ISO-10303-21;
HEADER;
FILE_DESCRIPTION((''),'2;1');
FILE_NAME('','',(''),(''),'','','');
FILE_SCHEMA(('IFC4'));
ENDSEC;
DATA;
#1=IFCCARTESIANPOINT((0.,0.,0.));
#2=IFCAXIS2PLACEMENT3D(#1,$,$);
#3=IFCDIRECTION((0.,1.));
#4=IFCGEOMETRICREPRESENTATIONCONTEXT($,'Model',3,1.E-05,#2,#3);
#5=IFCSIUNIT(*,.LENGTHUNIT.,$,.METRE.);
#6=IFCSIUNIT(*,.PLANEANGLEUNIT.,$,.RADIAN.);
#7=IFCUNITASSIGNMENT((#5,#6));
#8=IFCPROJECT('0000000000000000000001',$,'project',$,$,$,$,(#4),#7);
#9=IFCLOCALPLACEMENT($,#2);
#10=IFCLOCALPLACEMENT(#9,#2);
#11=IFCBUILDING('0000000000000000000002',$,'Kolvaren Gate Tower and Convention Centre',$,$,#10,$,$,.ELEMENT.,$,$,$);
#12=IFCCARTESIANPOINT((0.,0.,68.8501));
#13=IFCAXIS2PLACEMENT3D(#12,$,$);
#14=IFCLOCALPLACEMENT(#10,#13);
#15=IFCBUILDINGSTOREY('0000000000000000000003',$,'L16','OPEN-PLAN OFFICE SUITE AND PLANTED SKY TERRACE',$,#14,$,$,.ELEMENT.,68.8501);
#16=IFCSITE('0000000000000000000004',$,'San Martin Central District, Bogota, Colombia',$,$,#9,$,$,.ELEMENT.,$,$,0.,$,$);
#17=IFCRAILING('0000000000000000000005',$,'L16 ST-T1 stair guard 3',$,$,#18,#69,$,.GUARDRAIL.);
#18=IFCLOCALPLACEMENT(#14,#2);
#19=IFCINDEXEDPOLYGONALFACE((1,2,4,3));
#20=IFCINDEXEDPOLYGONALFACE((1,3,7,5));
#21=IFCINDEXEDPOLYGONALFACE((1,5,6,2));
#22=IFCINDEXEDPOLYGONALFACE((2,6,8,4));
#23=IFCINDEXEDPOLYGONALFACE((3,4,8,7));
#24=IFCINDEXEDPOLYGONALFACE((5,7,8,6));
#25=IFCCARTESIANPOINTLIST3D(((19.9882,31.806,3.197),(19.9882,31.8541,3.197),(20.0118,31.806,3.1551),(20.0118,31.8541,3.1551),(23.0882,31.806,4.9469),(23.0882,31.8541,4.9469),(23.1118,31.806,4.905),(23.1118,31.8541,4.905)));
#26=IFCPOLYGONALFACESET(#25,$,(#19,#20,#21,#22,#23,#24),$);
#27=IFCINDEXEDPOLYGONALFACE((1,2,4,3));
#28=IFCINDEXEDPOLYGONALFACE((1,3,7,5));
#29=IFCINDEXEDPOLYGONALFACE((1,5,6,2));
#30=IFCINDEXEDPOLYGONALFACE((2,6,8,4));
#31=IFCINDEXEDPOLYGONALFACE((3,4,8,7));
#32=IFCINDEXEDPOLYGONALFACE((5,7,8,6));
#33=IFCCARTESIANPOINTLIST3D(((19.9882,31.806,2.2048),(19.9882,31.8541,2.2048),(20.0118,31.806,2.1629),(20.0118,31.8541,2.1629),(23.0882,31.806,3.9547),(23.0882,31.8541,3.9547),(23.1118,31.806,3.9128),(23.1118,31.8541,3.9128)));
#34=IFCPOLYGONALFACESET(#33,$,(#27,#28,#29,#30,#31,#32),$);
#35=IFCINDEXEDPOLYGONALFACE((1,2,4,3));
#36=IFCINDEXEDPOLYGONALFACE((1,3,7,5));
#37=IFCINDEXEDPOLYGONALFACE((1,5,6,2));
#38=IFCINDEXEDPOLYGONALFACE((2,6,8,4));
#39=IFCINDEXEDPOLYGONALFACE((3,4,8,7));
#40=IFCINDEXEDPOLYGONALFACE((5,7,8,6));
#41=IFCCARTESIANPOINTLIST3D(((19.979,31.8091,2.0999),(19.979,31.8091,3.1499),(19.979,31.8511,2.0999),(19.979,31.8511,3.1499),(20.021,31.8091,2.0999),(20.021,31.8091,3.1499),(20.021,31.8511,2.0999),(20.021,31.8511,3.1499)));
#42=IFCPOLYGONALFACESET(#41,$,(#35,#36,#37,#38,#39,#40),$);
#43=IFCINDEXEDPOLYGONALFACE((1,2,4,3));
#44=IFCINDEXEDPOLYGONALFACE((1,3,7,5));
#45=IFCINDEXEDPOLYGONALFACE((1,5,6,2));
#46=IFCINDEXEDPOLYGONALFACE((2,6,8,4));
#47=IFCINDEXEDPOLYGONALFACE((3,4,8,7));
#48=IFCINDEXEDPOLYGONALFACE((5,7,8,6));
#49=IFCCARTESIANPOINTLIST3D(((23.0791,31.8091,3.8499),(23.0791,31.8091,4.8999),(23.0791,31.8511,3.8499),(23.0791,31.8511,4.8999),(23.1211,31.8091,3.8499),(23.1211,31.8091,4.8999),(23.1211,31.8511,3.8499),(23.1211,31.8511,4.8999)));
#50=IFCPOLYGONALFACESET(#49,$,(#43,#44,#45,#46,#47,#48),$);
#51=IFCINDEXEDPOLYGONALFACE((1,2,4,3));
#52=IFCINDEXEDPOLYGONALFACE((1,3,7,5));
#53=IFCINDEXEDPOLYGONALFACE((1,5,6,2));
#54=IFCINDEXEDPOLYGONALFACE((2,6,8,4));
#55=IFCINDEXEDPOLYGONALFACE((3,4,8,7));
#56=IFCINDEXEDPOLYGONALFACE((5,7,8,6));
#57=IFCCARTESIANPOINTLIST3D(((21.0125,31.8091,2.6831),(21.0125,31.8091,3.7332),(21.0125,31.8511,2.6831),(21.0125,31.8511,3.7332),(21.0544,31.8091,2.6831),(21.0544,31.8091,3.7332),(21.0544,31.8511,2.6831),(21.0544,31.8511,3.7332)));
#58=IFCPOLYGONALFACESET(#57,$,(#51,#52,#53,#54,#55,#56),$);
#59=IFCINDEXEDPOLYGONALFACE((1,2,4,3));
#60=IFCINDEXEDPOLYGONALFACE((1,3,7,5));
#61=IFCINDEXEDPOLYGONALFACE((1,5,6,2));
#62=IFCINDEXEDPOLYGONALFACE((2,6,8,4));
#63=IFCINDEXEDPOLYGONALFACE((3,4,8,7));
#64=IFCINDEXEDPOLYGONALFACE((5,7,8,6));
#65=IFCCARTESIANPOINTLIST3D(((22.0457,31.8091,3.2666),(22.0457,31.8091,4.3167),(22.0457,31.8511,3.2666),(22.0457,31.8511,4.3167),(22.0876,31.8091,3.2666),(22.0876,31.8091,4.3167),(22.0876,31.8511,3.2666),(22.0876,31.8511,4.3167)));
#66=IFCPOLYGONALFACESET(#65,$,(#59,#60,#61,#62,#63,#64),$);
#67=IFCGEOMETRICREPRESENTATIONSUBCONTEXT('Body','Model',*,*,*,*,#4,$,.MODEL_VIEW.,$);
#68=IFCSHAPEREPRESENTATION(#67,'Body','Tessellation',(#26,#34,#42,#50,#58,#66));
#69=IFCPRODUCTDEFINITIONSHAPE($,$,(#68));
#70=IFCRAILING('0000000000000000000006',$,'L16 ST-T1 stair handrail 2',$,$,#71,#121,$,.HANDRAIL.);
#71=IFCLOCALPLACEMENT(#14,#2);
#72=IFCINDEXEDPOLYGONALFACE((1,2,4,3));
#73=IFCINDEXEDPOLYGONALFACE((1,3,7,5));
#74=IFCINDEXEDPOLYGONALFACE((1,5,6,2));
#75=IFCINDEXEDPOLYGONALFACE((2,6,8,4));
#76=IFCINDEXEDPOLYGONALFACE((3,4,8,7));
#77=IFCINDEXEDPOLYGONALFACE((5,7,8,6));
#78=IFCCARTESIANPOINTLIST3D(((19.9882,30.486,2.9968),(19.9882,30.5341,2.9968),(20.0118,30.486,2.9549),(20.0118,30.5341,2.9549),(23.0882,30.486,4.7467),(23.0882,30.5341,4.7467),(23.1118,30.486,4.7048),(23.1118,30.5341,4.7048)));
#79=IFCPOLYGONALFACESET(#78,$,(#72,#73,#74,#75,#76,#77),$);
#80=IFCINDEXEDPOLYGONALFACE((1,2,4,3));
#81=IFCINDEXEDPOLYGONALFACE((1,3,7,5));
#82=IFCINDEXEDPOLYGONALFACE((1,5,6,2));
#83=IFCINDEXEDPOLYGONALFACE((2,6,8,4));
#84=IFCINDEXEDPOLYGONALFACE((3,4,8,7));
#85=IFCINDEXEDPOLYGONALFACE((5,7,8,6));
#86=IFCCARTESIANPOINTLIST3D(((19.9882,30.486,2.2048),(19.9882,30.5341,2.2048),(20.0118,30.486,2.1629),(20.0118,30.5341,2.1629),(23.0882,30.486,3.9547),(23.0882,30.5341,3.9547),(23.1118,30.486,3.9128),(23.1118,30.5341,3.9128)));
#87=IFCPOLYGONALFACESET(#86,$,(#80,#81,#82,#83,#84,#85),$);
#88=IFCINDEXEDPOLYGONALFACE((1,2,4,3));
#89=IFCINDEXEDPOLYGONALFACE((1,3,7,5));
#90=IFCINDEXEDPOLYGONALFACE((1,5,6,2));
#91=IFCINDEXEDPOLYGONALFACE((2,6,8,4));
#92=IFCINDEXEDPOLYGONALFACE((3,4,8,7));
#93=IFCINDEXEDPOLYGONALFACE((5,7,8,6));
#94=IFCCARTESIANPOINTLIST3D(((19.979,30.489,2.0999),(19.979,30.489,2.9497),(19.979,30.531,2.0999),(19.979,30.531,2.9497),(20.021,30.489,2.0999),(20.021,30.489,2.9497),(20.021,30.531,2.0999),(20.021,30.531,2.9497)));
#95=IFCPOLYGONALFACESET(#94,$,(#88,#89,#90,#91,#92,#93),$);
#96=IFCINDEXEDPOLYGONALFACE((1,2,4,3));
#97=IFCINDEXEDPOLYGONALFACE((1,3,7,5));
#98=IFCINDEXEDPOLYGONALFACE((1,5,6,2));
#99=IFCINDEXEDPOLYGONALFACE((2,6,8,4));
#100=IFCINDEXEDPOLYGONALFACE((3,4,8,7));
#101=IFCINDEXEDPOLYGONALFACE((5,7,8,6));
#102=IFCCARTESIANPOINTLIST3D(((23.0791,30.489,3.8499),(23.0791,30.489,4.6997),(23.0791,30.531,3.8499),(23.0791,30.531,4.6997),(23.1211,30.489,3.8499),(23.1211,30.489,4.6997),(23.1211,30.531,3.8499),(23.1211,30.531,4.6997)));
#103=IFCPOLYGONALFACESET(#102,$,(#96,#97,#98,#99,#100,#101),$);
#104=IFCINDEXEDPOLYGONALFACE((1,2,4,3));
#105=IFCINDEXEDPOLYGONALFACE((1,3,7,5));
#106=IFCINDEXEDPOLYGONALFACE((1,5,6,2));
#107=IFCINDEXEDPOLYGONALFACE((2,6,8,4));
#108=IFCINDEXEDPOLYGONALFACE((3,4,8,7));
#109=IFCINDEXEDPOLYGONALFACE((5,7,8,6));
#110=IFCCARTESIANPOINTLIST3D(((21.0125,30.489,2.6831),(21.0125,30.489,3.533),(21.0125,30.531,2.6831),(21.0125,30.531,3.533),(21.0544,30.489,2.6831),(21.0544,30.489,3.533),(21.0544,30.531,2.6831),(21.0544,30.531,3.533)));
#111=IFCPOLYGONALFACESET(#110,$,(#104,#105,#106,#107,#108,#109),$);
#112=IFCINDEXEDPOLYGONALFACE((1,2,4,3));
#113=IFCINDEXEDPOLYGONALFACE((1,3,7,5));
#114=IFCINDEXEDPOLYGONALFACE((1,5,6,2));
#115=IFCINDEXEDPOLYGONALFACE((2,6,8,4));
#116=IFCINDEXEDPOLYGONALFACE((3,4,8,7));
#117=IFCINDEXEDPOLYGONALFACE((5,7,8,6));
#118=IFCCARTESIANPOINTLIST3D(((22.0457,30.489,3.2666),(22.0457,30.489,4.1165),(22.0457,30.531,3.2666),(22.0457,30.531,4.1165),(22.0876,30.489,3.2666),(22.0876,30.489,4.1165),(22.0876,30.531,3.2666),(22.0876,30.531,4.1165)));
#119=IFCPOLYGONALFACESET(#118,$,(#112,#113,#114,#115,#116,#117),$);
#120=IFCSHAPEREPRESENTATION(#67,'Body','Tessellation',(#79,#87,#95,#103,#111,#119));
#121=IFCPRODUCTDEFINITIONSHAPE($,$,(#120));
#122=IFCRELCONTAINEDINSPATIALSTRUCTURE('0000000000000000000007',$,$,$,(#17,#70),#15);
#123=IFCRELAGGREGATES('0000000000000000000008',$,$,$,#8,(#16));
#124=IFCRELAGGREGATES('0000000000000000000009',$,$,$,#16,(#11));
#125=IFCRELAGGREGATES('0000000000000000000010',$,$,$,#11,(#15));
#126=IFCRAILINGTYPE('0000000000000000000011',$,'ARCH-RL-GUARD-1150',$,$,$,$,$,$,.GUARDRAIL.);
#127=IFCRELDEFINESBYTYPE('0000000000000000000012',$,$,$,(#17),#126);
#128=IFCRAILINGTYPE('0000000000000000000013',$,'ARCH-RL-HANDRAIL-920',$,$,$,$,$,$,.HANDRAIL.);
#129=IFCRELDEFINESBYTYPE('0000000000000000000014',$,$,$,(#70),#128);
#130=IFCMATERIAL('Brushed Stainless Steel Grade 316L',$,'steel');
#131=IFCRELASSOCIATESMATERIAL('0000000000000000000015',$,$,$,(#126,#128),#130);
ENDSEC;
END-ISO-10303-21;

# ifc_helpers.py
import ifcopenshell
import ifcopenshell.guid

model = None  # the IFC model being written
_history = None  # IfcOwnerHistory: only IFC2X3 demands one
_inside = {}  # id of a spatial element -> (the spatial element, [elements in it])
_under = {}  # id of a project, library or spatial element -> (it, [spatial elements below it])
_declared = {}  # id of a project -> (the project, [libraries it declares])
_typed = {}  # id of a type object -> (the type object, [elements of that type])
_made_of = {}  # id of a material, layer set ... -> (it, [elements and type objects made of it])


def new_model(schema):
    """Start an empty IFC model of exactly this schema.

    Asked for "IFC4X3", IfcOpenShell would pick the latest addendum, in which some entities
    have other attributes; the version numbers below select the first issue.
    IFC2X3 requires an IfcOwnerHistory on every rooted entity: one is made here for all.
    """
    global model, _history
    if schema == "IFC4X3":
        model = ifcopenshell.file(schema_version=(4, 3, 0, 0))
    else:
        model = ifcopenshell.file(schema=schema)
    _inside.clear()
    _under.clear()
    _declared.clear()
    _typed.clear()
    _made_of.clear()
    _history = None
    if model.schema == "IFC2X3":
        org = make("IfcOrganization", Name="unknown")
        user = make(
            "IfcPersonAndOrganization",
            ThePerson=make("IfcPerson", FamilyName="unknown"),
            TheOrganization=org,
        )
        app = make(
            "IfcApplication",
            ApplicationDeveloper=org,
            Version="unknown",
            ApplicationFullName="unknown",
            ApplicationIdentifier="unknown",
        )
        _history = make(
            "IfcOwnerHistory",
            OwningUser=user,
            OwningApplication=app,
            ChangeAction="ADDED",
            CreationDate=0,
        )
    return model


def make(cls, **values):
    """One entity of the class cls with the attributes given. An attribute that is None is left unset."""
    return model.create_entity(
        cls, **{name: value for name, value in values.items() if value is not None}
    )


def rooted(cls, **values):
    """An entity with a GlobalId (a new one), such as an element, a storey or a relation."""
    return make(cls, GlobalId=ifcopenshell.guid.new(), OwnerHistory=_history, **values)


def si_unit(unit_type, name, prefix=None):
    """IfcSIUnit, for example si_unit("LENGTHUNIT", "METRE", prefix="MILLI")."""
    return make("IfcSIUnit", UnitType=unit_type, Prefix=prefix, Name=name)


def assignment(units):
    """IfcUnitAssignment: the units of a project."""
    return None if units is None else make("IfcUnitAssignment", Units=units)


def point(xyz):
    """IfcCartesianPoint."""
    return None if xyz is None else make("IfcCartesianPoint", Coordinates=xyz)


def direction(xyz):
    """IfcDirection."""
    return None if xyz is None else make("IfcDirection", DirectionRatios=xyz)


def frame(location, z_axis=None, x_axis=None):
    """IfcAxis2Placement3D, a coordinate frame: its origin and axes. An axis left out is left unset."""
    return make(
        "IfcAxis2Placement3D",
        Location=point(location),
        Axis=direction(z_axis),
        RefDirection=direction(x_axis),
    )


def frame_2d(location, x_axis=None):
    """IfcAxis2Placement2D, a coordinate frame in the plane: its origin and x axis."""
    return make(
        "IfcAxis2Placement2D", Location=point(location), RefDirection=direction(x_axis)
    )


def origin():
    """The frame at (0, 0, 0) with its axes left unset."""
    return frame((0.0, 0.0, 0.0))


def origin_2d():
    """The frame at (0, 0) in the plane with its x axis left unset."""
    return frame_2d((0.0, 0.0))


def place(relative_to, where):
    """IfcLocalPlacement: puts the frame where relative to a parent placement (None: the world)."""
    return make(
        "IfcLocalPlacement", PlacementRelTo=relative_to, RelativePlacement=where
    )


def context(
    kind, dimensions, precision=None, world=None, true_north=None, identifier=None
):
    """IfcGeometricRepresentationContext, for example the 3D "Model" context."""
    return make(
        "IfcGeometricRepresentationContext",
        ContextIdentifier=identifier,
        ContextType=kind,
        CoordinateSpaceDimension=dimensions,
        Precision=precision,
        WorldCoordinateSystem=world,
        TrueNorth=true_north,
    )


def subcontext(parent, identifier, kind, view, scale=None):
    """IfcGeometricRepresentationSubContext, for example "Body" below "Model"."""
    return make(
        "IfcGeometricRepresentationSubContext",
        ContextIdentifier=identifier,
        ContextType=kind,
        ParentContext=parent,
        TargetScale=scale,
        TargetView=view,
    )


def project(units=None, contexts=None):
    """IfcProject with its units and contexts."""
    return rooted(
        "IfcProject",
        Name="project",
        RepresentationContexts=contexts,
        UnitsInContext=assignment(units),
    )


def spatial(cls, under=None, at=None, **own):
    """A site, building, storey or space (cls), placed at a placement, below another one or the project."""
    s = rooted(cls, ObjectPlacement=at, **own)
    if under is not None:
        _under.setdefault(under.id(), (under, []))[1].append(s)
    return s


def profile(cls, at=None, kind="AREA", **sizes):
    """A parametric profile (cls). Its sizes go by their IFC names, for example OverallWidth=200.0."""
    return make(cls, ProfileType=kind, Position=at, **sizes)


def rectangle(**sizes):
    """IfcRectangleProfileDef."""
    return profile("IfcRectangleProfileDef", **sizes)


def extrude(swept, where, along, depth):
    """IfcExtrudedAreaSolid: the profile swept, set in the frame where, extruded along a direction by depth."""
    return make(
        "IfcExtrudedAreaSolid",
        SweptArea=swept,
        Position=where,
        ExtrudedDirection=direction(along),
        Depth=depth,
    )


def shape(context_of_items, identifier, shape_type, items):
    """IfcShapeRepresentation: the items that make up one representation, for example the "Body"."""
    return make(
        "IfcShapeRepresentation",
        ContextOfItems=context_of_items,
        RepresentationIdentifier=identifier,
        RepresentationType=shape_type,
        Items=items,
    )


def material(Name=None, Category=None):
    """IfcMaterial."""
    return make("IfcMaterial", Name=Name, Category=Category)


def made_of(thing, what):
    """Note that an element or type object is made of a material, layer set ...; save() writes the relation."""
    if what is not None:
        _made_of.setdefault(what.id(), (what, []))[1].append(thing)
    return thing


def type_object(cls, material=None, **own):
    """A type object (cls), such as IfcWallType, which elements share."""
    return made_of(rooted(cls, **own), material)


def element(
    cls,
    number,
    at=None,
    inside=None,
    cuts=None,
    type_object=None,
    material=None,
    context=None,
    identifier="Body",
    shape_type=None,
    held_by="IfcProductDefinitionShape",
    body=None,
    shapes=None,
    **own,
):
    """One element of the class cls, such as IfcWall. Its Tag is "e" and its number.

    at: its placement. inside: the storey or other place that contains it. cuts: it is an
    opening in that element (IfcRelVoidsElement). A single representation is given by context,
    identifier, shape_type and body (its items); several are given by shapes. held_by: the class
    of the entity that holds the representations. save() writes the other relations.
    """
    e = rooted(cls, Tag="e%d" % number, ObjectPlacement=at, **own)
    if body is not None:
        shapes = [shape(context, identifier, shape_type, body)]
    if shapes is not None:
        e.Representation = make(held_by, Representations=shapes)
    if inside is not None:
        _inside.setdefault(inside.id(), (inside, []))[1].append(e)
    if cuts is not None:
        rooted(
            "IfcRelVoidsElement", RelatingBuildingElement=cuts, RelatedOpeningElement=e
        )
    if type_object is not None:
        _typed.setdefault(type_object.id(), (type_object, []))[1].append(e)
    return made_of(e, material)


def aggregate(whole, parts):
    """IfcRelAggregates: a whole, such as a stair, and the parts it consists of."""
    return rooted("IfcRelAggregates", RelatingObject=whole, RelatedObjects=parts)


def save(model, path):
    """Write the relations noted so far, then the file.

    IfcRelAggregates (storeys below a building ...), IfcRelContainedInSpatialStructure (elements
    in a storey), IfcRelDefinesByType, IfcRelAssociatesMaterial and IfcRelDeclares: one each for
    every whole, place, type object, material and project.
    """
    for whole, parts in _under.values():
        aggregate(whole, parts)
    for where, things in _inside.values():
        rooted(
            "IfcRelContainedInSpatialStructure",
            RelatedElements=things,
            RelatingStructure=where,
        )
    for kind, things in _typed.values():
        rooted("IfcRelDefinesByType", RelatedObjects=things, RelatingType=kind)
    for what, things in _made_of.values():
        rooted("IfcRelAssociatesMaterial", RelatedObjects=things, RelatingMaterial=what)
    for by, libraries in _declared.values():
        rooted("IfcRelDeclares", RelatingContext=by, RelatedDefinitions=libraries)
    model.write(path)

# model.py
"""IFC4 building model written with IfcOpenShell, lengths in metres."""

from ifc_helpers import new_model, si_unit, direction, frame, origin, origin_2d, place, context, subcontext, project, spatial, rectangle, extrude, material, type_object, element, save


model = new_model("IFC4")

# Units and contexts
model_context = context("Model", 3, precision=1e-05, world=origin(), true_north=direction((0.0, 1.0)))
body_context = subcontext(model_context, "Body", "Model", "MODEL_VIEW")
ifc_project = project(units=[si_unit("LENGTHUNIT", "METRE"), si_unit("PLANEANGLEUNIT", "RADIAN")], contexts=[model_context])

# Site, building, storey
site_placement = place(None, origin())
site = spatial("IfcSite", under=ifc_project, at=site_placement, Name="San Martin Central District, Bogota, Colombia", CompositionType="ELEMENT", RefElevation=0.0)
building_placement = place(site_placement, origin())
building = spatial("IfcBuilding", under=site, at=building_placement, Name="Kolvaren Gate Tower and Convention Centre", CompositionType="ELEMENT")
storey_placement = place(building_placement, frame((0.0, 0.0, 68.8501)))
storey = spatial("IfcBuildingStorey", under=building, at=storey_placement, Name="L16", Description="OPEN-PLAN OFFICE SUITE AND PLANTED SKY TERRACE", CompositionType="ELEMENT", Elevation=68.8501)

# Railings
ifc_material_1 = material(Name="Brushed Stainless Steel Grade 316L", Category="steel")
railing_type_1 = type_object("IfcRailingType", Name="ARCH-RL-GUARD-1150", PredefinedType="GUARDRAIL", material=ifc_material_1)
railing_1_placement = place(storey_placement, frame((20.0, 31.8301, 2.0999)))
element("IfcRailing", 1, at=railing_1_placement, inside=storey, type_object=railing_type_1, Name="L16 ST-T1 stair guard 3", PredefinedType="GUARDRAIL", context=body_context, shape_type="SweptSolid", body=[
    extrude(rectangle(XDim=0.0481, YDim=0.0481, at=origin_2d()), frame((0.0, 0.0, 1.0762), z_axis=(0.870831, 0.0, 0.491583), x_axis=(0.0, 1.0, 0.0)), (0.0, 0.0, 1.0), 3.5598),
    extrude(rectangle(XDim=0.0481, YDim=0.0481, at=origin_2d()), frame((0.0, 0.0, 0.084), z_axis=(0.870831, 0.0, 0.491583), x_axis=(0.0, 1.0, 0.0)), (0.0, 0.0, 1.0), 3.5598),
    extrude(rectangle(XDim=0.042, YDim=0.042, at=origin_2d()), origin(), (0.0, 0.0, 1.0), 1.05),
    extrude(rectangle(XDim=0.042, YDim=0.042, at=origin_2d()), frame((3.1001, 0.0, 1.75)), (0.0, 0.0, 1.0), 1.05),
    extrude(rectangle(XDim=0.042, YDim=0.042, at=origin_2d()), frame((1.0334, 0.0, 0.5833)), (0.0, 0.0, 1.0), 1.05),
    extrude(rectangle(XDim=0.042, YDim=0.042, at=origin_2d()), frame((2.0667, 0.0, 1.1667)), (0.0, 0.0, 1.0), 1.05),
])
railing_type_2 = type_object("IfcRailingType", Name="ARCH-RL-HANDRAIL-920", PredefinedType="HANDRAIL", material=ifc_material_1)
railing_2_placement = place(storey_placement, frame((20.0, 30.51, 2.0999)))
element("IfcRailing", 2, at=railing_2_placement, inside=storey, type_object=railing_type_2, Name="L16 ST-T1 stair handrail 2", PredefinedType="HANDRAIL", context=body_context, shape_type="SweptSolid", body=[
    extrude(rectangle(XDim=0.0481, YDim=0.0481, at=origin_2d()), frame((0.0, 0.0, 0.876), z_axis=(0.870831, 0.0, 0.491583), x_axis=(0.0, 1.0, 0.0)), (0.0, 0.0, 1.0), 3.5598),
    extrude(rectangle(XDim=0.0481, YDim=0.0481, at=origin_2d()), frame((0.0, 0.0, 0.084), z_axis=(0.870831, 0.0, 0.491583), x_axis=(0.0, 1.0, 0.0)), (0.0, 0.0, 1.0), 3.5598),
    extrude(rectangle(XDim=0.042, YDim=0.042, at=origin_2d()), origin(), (0.0, 0.0, 1.0), 0.8499),
    extrude(rectangle(XDim=0.042, YDim=0.042, at=origin_2d()), frame((3.1001, 0.0, 1.75)), (0.0, 0.0, 1.0), 0.8499),
    extrude(rectangle(XDim=0.042, YDim=0.042, at=origin_2d()), frame((1.0334, 0.0, 0.5833)), (0.0, 0.0, 1.0), 0.8499),
    extrude(rectangle(XDim=0.042, YDim=0.042, at=origin_2d()), frame((2.0667, 0.0, 1.1667)), (0.0, 0.0, 1.0), 0.8499),
])

save(model, "model.ifc")
